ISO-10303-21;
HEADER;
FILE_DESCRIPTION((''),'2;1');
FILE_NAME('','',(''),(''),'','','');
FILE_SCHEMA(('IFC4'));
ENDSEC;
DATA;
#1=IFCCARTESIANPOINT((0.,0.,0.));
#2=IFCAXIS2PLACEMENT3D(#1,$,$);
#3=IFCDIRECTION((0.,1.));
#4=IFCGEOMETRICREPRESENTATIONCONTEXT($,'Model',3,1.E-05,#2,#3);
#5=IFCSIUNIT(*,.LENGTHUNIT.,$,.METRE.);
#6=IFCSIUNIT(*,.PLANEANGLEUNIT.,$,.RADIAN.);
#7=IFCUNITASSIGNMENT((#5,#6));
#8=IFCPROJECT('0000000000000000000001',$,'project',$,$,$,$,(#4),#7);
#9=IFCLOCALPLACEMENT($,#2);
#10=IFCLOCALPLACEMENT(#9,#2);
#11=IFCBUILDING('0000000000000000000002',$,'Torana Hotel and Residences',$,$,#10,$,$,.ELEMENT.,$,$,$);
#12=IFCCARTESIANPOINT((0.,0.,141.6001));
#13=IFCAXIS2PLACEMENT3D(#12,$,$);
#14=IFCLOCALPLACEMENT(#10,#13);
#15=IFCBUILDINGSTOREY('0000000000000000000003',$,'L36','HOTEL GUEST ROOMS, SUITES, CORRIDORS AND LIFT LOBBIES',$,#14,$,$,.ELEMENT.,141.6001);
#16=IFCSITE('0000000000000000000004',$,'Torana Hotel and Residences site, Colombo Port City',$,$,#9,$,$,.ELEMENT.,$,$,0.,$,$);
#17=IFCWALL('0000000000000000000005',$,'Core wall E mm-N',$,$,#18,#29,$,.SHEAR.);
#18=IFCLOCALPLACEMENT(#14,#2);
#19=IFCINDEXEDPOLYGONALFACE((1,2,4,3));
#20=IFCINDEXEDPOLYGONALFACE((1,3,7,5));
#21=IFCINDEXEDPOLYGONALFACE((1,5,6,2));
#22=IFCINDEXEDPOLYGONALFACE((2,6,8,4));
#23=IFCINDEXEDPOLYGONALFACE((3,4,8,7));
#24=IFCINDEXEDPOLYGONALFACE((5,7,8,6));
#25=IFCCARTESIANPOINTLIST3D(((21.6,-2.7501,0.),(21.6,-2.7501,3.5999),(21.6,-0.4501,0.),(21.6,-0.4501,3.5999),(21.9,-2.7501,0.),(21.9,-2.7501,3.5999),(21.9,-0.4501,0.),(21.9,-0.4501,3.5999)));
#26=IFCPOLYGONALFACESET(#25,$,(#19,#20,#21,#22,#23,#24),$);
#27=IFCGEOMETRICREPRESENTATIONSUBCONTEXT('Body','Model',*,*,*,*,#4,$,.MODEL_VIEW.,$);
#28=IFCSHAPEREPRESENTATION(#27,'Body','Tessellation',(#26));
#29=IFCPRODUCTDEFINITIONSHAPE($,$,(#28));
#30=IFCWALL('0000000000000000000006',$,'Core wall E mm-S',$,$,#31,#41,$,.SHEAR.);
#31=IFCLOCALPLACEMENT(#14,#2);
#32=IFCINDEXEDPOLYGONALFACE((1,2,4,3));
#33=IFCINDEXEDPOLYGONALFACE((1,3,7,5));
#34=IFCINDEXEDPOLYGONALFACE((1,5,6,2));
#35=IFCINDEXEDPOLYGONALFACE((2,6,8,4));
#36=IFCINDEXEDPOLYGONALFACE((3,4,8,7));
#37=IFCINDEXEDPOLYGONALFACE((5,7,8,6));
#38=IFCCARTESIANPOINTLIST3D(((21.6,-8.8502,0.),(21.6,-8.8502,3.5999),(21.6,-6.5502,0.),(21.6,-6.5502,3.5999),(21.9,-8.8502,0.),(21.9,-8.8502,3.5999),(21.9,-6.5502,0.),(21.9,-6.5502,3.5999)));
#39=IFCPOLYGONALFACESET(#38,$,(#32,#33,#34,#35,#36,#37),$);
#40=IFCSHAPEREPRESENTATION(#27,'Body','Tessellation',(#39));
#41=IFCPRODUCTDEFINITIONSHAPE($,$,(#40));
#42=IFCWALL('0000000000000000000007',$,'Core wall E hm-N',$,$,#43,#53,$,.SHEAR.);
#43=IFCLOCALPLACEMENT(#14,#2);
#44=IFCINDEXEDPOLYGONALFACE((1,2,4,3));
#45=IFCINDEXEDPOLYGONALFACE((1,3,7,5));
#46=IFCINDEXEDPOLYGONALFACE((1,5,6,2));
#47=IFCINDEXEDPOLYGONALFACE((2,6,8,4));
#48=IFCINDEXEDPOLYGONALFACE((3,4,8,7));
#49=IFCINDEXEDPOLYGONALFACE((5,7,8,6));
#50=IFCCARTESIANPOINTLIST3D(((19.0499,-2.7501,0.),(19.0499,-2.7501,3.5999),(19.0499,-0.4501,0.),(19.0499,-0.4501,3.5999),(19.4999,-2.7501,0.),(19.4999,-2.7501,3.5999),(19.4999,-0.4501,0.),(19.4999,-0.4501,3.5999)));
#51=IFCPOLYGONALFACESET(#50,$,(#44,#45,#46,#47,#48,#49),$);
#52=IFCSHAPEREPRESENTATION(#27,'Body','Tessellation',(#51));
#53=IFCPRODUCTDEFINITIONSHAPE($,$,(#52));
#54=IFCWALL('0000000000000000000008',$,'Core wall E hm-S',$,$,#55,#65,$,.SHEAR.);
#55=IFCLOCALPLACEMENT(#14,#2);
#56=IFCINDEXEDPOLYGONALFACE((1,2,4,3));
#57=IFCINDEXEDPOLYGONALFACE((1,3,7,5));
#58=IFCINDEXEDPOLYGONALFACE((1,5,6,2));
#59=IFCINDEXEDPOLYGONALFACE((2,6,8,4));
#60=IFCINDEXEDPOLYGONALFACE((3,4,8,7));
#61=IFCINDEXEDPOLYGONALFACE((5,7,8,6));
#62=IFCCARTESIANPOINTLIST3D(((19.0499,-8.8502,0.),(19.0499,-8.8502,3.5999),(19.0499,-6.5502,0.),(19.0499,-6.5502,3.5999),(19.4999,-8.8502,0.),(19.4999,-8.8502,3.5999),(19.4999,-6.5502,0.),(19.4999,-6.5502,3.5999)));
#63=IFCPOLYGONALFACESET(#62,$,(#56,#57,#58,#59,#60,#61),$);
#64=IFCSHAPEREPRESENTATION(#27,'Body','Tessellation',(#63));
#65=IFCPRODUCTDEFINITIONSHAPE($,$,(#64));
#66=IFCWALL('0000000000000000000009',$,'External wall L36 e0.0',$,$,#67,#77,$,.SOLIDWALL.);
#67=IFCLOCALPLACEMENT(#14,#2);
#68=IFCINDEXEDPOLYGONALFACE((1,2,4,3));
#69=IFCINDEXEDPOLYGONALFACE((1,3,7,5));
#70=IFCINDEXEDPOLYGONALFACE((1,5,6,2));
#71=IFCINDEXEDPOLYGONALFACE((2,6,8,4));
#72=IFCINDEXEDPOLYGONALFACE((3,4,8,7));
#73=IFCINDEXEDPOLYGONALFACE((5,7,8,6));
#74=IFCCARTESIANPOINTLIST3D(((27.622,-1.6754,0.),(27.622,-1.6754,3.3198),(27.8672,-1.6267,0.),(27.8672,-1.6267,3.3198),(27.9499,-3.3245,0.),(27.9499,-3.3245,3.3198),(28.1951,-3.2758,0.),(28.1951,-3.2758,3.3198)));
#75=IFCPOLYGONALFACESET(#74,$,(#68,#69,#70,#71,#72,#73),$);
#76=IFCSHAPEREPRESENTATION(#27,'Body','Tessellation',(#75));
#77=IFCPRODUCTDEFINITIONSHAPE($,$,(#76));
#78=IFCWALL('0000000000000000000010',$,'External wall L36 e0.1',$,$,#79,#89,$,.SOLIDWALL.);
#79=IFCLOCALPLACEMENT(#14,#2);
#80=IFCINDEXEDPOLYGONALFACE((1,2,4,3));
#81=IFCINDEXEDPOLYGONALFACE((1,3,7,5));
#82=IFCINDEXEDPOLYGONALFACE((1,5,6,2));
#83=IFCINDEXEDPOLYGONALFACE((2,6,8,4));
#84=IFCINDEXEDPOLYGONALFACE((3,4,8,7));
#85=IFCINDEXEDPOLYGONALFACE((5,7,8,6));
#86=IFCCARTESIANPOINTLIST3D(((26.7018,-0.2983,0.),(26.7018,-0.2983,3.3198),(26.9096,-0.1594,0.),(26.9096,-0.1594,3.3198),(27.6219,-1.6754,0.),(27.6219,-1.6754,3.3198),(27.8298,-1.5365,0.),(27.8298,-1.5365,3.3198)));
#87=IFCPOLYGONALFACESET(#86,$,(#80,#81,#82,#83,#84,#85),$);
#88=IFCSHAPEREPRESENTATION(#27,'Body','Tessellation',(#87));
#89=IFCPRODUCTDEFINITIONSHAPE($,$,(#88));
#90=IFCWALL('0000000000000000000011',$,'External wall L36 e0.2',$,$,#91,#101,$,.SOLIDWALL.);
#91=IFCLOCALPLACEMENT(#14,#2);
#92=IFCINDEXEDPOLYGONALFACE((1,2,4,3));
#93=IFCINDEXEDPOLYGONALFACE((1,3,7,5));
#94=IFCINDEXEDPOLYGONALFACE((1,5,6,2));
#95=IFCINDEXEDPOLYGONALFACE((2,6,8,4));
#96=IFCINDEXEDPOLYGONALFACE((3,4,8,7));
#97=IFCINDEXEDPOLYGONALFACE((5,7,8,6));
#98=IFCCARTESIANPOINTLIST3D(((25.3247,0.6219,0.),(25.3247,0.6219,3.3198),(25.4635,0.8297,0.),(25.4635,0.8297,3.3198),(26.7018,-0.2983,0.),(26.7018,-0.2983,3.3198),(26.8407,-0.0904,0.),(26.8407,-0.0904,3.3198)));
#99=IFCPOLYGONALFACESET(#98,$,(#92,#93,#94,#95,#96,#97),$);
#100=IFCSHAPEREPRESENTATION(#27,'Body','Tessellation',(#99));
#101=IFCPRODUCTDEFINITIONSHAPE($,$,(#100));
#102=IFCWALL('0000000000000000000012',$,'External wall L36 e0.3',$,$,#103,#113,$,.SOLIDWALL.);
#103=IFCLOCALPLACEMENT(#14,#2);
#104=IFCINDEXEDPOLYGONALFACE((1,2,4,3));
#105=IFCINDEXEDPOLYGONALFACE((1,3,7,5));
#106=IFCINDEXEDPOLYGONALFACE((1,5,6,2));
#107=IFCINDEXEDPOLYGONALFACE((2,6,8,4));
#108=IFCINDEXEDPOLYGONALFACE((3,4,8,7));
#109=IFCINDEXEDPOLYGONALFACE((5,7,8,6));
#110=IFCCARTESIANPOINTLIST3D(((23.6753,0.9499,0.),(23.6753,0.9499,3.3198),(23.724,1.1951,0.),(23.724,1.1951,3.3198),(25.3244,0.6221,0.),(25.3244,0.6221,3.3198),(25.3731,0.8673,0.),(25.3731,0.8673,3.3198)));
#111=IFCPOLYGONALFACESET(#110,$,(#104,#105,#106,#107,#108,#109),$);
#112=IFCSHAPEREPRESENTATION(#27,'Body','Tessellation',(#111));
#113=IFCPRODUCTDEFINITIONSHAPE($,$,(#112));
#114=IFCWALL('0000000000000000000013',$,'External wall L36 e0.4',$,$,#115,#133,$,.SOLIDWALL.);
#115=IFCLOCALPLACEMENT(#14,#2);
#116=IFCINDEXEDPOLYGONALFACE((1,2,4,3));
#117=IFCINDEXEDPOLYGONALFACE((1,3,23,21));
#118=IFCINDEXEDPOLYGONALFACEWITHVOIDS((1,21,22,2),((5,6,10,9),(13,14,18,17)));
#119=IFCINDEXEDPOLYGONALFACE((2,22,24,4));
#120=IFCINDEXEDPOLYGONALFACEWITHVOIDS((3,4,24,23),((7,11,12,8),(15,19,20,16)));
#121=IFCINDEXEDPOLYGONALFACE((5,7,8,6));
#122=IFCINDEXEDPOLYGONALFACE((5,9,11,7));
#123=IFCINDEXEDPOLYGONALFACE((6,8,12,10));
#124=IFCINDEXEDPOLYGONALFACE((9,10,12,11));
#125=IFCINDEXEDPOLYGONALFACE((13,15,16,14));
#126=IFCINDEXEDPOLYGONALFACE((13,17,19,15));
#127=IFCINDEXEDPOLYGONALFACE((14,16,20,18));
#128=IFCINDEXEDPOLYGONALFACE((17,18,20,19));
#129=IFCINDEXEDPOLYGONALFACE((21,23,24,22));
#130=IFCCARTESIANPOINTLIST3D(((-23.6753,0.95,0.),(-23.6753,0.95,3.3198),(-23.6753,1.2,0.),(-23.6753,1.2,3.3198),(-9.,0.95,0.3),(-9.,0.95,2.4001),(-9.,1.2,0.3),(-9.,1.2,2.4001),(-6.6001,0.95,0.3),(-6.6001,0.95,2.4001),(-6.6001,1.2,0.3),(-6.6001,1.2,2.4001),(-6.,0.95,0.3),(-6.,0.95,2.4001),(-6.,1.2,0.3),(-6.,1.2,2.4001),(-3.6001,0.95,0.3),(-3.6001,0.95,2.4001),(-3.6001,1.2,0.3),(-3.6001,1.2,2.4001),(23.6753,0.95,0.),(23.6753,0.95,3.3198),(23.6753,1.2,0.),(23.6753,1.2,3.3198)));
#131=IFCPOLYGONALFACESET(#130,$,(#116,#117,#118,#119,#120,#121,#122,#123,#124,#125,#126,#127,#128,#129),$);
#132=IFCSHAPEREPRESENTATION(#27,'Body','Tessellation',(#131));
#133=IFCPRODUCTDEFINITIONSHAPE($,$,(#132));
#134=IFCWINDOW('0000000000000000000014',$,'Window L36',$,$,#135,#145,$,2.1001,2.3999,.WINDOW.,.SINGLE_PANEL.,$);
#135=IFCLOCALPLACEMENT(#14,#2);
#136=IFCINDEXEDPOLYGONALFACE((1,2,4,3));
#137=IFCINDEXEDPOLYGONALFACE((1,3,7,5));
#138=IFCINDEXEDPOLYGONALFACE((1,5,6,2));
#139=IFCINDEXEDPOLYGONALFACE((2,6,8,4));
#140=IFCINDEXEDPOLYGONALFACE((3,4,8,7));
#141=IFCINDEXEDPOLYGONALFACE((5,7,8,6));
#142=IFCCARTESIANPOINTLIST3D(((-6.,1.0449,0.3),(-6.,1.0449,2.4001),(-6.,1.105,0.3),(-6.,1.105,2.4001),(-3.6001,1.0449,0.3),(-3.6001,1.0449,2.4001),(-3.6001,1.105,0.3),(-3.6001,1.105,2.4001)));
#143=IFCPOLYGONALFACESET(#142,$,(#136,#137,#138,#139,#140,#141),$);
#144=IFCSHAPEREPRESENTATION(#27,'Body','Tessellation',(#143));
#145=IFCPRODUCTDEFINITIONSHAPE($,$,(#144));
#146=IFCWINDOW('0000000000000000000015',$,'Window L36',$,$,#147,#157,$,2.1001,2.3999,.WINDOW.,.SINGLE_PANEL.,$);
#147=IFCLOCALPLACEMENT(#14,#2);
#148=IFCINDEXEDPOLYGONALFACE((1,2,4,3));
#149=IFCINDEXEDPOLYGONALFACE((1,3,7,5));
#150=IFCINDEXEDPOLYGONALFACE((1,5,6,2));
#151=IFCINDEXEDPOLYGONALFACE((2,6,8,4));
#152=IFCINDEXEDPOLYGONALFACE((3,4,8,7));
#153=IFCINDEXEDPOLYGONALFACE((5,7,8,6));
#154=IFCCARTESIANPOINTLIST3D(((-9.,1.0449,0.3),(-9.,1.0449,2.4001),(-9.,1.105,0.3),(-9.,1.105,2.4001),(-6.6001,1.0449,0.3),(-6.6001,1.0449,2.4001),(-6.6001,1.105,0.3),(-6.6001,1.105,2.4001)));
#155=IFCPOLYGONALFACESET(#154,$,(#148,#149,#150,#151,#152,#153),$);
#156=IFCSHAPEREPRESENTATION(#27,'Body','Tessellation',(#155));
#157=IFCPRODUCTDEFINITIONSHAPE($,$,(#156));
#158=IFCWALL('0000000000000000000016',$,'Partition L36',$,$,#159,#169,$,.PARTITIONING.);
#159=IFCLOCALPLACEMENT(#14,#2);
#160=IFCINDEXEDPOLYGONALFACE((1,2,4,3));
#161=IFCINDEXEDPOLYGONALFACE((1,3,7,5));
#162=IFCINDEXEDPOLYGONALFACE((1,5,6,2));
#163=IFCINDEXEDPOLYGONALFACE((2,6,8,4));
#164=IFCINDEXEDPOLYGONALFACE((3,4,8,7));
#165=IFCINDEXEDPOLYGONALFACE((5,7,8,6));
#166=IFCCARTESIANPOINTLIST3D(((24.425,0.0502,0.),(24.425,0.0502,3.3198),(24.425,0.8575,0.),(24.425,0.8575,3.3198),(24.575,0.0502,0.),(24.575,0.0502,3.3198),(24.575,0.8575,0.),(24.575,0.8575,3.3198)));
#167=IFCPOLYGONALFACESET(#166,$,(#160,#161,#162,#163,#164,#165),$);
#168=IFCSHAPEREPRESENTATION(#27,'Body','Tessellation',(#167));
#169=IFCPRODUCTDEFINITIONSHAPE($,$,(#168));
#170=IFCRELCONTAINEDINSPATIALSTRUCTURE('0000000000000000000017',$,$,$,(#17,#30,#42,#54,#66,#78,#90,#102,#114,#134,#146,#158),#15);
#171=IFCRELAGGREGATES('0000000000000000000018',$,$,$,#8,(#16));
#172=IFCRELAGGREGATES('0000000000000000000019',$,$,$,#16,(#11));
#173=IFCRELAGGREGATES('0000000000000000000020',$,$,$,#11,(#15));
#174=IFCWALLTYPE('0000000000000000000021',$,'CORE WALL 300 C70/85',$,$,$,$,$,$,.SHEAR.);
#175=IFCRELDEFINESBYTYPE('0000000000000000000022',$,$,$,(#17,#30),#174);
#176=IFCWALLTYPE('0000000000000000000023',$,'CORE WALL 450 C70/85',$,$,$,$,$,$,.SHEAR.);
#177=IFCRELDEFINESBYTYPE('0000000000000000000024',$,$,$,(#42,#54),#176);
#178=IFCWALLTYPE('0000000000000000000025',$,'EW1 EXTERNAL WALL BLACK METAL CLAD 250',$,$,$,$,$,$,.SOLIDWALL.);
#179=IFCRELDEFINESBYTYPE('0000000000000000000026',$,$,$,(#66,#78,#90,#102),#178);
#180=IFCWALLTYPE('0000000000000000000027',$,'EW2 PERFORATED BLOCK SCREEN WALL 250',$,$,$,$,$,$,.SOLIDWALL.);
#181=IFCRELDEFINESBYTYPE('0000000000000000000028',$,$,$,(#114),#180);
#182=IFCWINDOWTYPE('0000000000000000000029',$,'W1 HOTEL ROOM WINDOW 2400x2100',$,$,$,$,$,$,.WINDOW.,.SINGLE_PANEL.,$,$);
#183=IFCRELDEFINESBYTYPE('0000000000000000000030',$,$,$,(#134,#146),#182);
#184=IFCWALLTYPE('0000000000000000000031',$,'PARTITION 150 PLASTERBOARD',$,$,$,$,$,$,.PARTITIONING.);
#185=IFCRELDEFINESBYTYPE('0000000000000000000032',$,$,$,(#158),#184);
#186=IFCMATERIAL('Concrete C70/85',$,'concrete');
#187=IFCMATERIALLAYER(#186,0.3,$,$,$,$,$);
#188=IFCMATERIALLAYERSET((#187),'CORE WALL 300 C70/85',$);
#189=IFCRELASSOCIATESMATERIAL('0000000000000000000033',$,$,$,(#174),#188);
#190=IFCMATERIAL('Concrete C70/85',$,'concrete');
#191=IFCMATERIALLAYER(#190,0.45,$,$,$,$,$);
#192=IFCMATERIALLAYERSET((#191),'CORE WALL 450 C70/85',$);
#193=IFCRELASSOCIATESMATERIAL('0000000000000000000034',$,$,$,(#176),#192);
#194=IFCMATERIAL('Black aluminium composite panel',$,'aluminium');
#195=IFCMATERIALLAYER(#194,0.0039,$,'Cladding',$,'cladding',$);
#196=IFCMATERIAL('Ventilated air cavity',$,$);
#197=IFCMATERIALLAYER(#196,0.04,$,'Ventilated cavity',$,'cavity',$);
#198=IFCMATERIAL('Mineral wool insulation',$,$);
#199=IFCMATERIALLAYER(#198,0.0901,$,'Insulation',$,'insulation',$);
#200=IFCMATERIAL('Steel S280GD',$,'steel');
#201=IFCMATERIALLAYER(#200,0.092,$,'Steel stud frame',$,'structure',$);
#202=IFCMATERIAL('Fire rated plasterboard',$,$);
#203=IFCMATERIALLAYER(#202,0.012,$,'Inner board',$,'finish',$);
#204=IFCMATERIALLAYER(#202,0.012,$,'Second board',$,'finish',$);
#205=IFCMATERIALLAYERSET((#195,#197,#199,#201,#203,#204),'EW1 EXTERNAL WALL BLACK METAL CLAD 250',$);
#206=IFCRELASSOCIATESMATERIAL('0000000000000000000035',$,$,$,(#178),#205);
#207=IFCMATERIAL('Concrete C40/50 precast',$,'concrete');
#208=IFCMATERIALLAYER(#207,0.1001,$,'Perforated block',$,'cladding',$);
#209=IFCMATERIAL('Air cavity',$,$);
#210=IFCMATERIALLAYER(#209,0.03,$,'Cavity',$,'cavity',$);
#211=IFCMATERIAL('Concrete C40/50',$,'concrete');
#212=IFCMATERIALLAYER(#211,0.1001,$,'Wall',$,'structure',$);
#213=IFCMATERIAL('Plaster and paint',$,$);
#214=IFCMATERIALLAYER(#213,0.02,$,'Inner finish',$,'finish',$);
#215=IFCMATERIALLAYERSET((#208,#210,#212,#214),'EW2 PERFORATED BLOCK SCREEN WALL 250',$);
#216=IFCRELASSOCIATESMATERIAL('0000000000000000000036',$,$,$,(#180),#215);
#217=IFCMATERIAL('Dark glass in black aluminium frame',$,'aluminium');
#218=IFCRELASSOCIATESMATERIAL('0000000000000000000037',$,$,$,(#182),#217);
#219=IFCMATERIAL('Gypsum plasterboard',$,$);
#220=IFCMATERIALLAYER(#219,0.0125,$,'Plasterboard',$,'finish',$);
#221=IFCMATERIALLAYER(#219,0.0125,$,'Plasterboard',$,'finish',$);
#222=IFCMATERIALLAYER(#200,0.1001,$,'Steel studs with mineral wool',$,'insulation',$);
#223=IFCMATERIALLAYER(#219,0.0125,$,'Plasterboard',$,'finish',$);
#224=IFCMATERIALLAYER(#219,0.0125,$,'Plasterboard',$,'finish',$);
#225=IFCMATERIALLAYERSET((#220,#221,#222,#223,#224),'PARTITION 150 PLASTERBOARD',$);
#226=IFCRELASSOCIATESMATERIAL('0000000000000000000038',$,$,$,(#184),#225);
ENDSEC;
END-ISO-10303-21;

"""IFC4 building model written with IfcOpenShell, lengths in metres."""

from ifc_helpers import new_model, si_unit, direction, frame, frame_2d, origin, place, context, subcontext, project, spatial, rectangle, extrude, material, layer, layer_set, type_object, element, fill, save


model = new_model("IFC4")

# Units and contexts
model_context = context("Model", 3, precision=1e-05, world=origin(), true_north=direction((0.0, 1.0)))
body_context = subcontext(model_context, "Body", "Model", "MODEL_VIEW")
ifc_project = project(units=[si_unit("LENGTHUNIT", "METRE"), si_unit("PLANEANGLEUNIT", "RADIAN")], contexts=[model_context])

# Site, building, storey
site_placement = place(None, origin())
site = spatial("IfcSite", under=ifc_project, at=site_placement, Name="Torana Hotel and Residences site, Colombo Port City", CompositionType="ELEMENT", RefElevation=0.0)
building_placement = place(site_placement, origin())
building = spatial("IfcBuilding", under=site, at=building_placement, Name="Torana Hotel and Residences", CompositionType="ELEMENT")
storey_placement = place(building_placement, frame((0.0, 0.0, 141.6001)))
storey = spatial("IfcBuildingStorey", under=building, at=storey_placement, Name="L36", Description="HOTEL GUEST ROOMS, SUITES, CORRIDORS AND LIFT LOBBIES", CompositionType="ELEMENT", Elevation=141.6001)

# Walls
ifc_material_1 = material(Name="Concrete C70/85", Category="concrete")
ifc_layer_1 = layer(ifc_material_1, 0.3)
ifc_layer_set_1 = layer_set([ifc_layer_1], Name="CORE WALL 300 C70/85")
wall_type_1 = type_object("IfcWallType", Name="CORE WALL 300 C70/85", PredefinedType="SHEAR", material=ifc_layer_set_1)
for number, where, z_axis, x_axis, name in (
    (1, (21.75, -2.75, 0.0), (0.0, 0.0, 1.0), (0.0, 1.0, 0.0), "Core wall E mm-N"),
    (2, (21.75, -8.8501, 0.0), (0.0, 0.0, 1.0), (0.0, 1.0, 0.0), "Core wall E mm-S"),
):
    element("IfcWall", number, at=place(storey_placement, frame(where, z_axis=z_axis, x_axis=x_axis)), inside=storey, type_object=wall_type_1, Name=name, PredefinedType="SHEAR", context=body_context, shape_type="SweptSolid", body=[
        extrude(rectangle(XDim=2.3, YDim=0.3, at=frame_2d((1.1499, 0.0))), origin(), (0.0, 0.0, 1.0), 3.5999),
    ])
ifc_material_2 = material(Name="Concrete C70/85", Category="concrete")
ifc_layer_2 = layer(ifc_material_2, 0.45)
ifc_layer_set_2 = layer_set([ifc_layer_2], Name="CORE WALL 450 C70/85")
wall_type_2 = type_object("IfcWallType", Name="CORE WALL 450 C70/85", PredefinedType="SHEAR", material=ifc_layer_set_2)
for number, where, z_axis, x_axis, name in (
    (3, (19.2749, -2.75, 0.0), (0.0, 0.0, 1.0), (0.0, 1.0, 0.0), "Core wall E hm-N"),
    (4, (19.2749, -8.8501, 0.0), (0.0, 0.0, 1.0), (0.0, 1.0, 0.0), "Core wall E hm-S"),
):
    element("IfcWall", number, at=place(storey_placement, frame(where, z_axis=z_axis, x_axis=x_axis)), inside=storey, type_object=wall_type_2, Name=name, PredefinedType="SHEAR", context=body_context, shape_type="SweptSolid", body=[
        extrude(rectangle(XDim=2.3, YDim=0.45, at=frame_2d((1.1499, 0.0))), origin(), (0.0, 0.0, 1.0), 3.5999),
    ])
ifc_material_3 = material(Name="Black aluminium composite panel", Category="aluminium")
ifc_layer_3 = layer(ifc_material_3, 0.0039, Name="Cladding", Category="cladding")
ifc_material_4 = material(Name="Ventilated air cavity")
ifc_layer_4 = layer(ifc_material_4, 0.04, Name="Ventilated cavity", Category="cavity")
ifc_material_5 = material(Name="Mineral wool insulation")
ifc_layer_5 = layer(ifc_material_5, 0.0901, Name="Insulation", Category="insulation")
ifc_material_6 = material(Name="Steel S280GD", Category="steel")
ifc_layer_6 = layer(ifc_material_6, 0.092, Name="Steel stud frame", Category="structure")
ifc_material_7 = material(Name="Fire rated plasterboard")
ifc_layer_7 = layer(ifc_material_7, 0.012, Name="Inner board", Category="finish")
ifc_layer_8 = layer(ifc_material_7, 0.012, Name="Second board", Category="finish")
ifc_layer_set_3 = layer_set([ifc_layer_3, ifc_layer_4, ifc_layer_5, ifc_layer_6, ifc_layer_7, ifc_layer_8], Name="EW1 EXTERNAL WALL BLACK METAL CLAD 250")
wall_type_3 = type_object("IfcWallType", Name="EW1 EXTERNAL WALL BLACK METAL CLAD 250", PredefinedType="SOLIDWALL", material=ifc_layer_set_3)
wall_1_placement = place(storey_placement, frame((28.0725, -3.3003, 0.0), z_axis=(0.0, 0.0, 1.0), x_axis=(-0.194999, 0.980803, 0.0)))
element("IfcWall", 5, at=wall_1_placement, inside=storey, type_object=wall_type_3, Name="External wall L36 e0.0", PredefinedType="SOLIDWALL", context=body_context, shape_type="SweptSolid", body=[
    extrude(rectangle(XDim=1.6814, YDim=0.25, at=frame_2d((0.8408, 0.0))), origin(), (0.0, 0.0, 1.0), 3.3198),
])
for number, where, z_axis, x_axis, name in (
    (6, (27.7258, -1.606, 0.0), (0.0, 0.0, 1.0), (-0.55555, 0.831483, 0.0), "External wall L36 e0.1"),
    (7, (26.7712, -0.1943, 0.0), (0.0, 0.0, 1.0), (-0.831483, 0.55555, 0.0), "External wall L36 e0.2"),
):
    element("IfcWall", number, at=place(storey_placement, frame(where, z_axis=z_axis, x_axis=x_axis)), inside=storey, type_object=wall_type_3, Name=name, PredefinedType="SOLIDWALL", context=body_context, shape_type="SweptSolid", body=[
        extrude(rectangle(XDim=1.6562, YDim=0.25, at=frame_2d((0.8281, 0.0))), origin(), (0.0, 0.0, 1.0), 3.3198),
    ])
wall_2_placement = place(storey_placement, frame((25.3489, 0.7446, 0.0), z_axis=(0.0, 0.0, 1.0), x_axis=(-0.980803, 0.194999, 0.0)))
element("IfcWall", 8, at=wall_2_placement, inside=storey, type_object=wall_type_3, Name="External wall L36 e0.3", PredefinedType="SOLIDWALL", context=body_context, shape_type="SweptSolid", body=[
    extrude(rectangle(XDim=1.6814, YDim=0.25, at=frame_2d((0.8408, 0.0))), origin(), (0.0, 0.0, 1.0), 3.3198),
])

# Wall, openings, windows
ifc_material_8 = material(Name="Concrete C40/50 precast", Category="concrete")
ifc_layer_9 = layer(ifc_material_8, 0.1001, Name="Perforated block", Category="cladding")
ifc_material_9 = material(Name="Air cavity")
ifc_layer_10 = layer(ifc_material_9, 0.03, Name="Cavity", Category="cavity")
ifc_material_10 = material(Name="Concrete C40/50", Category="concrete")
ifc_layer_11 = layer(ifc_material_10, 0.1001, Name="Wall", Category="structure")
ifc_material_11 = material(Name="Plaster and paint")
ifc_layer_12 = layer(ifc_material_11, 0.02, Name="Inner finish", Category="finish")
ifc_layer_set_4 = layer_set([ifc_layer_9, ifc_layer_10, ifc_layer_11, ifc_layer_12], Name="EW2 PERFORATED BLOCK SCREEN WALL 250")
wall_type_4 = type_object("IfcWallType", Name="EW2 PERFORATED BLOCK SCREEN WALL 250", PredefinedType="SOLIDWALL", material=ifc_layer_set_4)
wall_3_placement = place(storey_placement, frame((23.6753, 1.075, 0.0), z_axis=(0.0, 0.0, 1.0), x_axis=(-1.0, 0.0, 0.0)))
wall_3 = element("IfcWall", 9, at=wall_3_placement, inside=storey, type_object=wall_type_4, Name="External wall L36 e0.4", PredefinedType="SOLIDWALL", context=body_context, shape_type="SweptSolid", body=[
    extrude(rectangle(XDim=47.3506, YDim=0.25, at=frame_2d((23.6753, 0.0))), origin(), (0.0, 0.0, 1.0), 3.3198),
])
opening_1_placement = place(wall_3_placement, frame((27.2754, 0.0, 0.3)))
opening_1 = element("IfcOpeningElement", 10, at=opening_1_placement, cuts=wall_3, PredefinedType="OPENING", context=body_context, shape_type="SweptSolid", body=[
    extrude(rectangle(XDim=2.3999, YDim=2.1001, at=frame_2d((1.2, 1.05))), frame((0.0, 0.135, 0.0), z_axis=(0.0, -1.0, 0.0), x_axis=(1.0, 0.0, 0.0)), (0.0, 0.0, 1.0), 0.27),
])
opening_2_placement = place(wall_3_placement, frame((30.2754, 0.0, 0.3)))
opening_2 = element("IfcOpeningElement", 11, at=opening_2_placement, cuts=wall_3, PredefinedType="OPENING", context=body_context, shape_type="SweptSolid", body=[
    extrude(rectangle(XDim=2.3999, YDim=2.1001, at=frame_2d((1.2, 1.05))), frame((0.0, 0.135, 0.0), z_axis=(0.0, -1.0, 0.0), x_axis=(1.0, 0.0, 0.0)), (0.0, 0.0, 1.0), 0.27),
])
ifc_material_12 = material(Name="Dark glass in black aluminium frame", Category="aluminium")
window_type = type_object("IfcWindowType", Name="W1 HOTEL ROOM WINDOW 2400x2100", PartitioningType="SINGLE_PANEL", PredefinedType="WINDOW", material=ifc_material_12)
window_1_placement = place(opening_1_placement, origin())
window_1 = element("IfcWindow", 12, at=window_1_placement, inside=storey, type_object=window_type, Name="Window L36", OverallHeight=2.1001, OverallWidth=2.3999, PartitioningType="SINGLE_PANEL", PredefinedType="WINDOW", context=body_context, shape_type="SweptSolid", body=[
    extrude(rectangle(XDim=2.3999, YDim=2.1001, at=frame_2d((1.2, 1.05))), frame((0.0, 0.03, 0.0), z_axis=(0.0, -1.0, 0.0), x_axis=(1.0, 0.0, 0.0)), (0.0, 0.0, 1.0), 0.0601),
])
fill(opening_1, window_1)
window_2_placement = place(opening_2_placement, origin())
window_2 = element("IfcWindow", 13, at=window_2_placement, inside=storey, type_object=window_type, Name="Window L36", OverallHeight=2.1001, OverallWidth=2.3999, PartitioningType="SINGLE_PANEL", PredefinedType="WINDOW", context=body_context, shape_type="SweptSolid", body=[
    extrude(rectangle(XDim=2.3999, YDim=2.1001, at=frame_2d((1.2, 1.05))), frame((0.0, 0.03, 0.0), z_axis=(0.0, -1.0, 0.0), x_axis=(1.0, 0.0, 0.0)), (0.0, 0.0, 1.0), 0.0601),
])
fill(opening_2, window_2)

# Wall
ifc_material_13 = material(Name="Gypsum plasterboard")
ifc_layer_13 = layer(ifc_material_13, 0.0125, Name="Plasterboard", Category="finish")
ifc_layer_14 = layer(ifc_material_13, 0.0125, Name="Plasterboard", Category="finish")
ifc_layer_15 = layer(ifc_material_6, 0.1001, Name="Steel studs with mineral wool", Category="insulation")
ifc_layer_16 = layer(ifc_material_13, 0.0125, Name="Plasterboard", Category="finish")
ifc_layer_17 = layer(ifc_material_13, 0.0125, Name="Plasterboard", Category="finish")
ifc_layer_set_5 = layer_set([ifc_layer_13, ifc_layer_14, ifc_layer_15, ifc_layer_16, ifc_layer_17], Name="PARTITION 150 PLASTERBOARD")
wall_type_5 = type_object("IfcWallType", Name="PARTITION 150 PLASTERBOARD", PredefinedType="PARTITIONING", material=ifc_layer_set_5)
wall_4_placement = place(storey_placement, frame((24.5, 0.05, 0.0), z_axis=(0.0, 0.0, 1.0), x_axis=(0.0, 1.0, 0.0)))
element("IfcWall", 14, at=wall_4_placement, inside=storey, type_object=wall_type_5, Name="Partition L36", PredefinedType="PARTITIONING", context=body_context, shape_type="SweptSolid", body=[
    extrude(rectangle(XDim=0.8074, YDim=0.1499, at=frame_2d((0.4038, 0.0))), origin(), (0.0, 0.0, 1.0), 3.3198),
])

save(model, "model.ifc")
